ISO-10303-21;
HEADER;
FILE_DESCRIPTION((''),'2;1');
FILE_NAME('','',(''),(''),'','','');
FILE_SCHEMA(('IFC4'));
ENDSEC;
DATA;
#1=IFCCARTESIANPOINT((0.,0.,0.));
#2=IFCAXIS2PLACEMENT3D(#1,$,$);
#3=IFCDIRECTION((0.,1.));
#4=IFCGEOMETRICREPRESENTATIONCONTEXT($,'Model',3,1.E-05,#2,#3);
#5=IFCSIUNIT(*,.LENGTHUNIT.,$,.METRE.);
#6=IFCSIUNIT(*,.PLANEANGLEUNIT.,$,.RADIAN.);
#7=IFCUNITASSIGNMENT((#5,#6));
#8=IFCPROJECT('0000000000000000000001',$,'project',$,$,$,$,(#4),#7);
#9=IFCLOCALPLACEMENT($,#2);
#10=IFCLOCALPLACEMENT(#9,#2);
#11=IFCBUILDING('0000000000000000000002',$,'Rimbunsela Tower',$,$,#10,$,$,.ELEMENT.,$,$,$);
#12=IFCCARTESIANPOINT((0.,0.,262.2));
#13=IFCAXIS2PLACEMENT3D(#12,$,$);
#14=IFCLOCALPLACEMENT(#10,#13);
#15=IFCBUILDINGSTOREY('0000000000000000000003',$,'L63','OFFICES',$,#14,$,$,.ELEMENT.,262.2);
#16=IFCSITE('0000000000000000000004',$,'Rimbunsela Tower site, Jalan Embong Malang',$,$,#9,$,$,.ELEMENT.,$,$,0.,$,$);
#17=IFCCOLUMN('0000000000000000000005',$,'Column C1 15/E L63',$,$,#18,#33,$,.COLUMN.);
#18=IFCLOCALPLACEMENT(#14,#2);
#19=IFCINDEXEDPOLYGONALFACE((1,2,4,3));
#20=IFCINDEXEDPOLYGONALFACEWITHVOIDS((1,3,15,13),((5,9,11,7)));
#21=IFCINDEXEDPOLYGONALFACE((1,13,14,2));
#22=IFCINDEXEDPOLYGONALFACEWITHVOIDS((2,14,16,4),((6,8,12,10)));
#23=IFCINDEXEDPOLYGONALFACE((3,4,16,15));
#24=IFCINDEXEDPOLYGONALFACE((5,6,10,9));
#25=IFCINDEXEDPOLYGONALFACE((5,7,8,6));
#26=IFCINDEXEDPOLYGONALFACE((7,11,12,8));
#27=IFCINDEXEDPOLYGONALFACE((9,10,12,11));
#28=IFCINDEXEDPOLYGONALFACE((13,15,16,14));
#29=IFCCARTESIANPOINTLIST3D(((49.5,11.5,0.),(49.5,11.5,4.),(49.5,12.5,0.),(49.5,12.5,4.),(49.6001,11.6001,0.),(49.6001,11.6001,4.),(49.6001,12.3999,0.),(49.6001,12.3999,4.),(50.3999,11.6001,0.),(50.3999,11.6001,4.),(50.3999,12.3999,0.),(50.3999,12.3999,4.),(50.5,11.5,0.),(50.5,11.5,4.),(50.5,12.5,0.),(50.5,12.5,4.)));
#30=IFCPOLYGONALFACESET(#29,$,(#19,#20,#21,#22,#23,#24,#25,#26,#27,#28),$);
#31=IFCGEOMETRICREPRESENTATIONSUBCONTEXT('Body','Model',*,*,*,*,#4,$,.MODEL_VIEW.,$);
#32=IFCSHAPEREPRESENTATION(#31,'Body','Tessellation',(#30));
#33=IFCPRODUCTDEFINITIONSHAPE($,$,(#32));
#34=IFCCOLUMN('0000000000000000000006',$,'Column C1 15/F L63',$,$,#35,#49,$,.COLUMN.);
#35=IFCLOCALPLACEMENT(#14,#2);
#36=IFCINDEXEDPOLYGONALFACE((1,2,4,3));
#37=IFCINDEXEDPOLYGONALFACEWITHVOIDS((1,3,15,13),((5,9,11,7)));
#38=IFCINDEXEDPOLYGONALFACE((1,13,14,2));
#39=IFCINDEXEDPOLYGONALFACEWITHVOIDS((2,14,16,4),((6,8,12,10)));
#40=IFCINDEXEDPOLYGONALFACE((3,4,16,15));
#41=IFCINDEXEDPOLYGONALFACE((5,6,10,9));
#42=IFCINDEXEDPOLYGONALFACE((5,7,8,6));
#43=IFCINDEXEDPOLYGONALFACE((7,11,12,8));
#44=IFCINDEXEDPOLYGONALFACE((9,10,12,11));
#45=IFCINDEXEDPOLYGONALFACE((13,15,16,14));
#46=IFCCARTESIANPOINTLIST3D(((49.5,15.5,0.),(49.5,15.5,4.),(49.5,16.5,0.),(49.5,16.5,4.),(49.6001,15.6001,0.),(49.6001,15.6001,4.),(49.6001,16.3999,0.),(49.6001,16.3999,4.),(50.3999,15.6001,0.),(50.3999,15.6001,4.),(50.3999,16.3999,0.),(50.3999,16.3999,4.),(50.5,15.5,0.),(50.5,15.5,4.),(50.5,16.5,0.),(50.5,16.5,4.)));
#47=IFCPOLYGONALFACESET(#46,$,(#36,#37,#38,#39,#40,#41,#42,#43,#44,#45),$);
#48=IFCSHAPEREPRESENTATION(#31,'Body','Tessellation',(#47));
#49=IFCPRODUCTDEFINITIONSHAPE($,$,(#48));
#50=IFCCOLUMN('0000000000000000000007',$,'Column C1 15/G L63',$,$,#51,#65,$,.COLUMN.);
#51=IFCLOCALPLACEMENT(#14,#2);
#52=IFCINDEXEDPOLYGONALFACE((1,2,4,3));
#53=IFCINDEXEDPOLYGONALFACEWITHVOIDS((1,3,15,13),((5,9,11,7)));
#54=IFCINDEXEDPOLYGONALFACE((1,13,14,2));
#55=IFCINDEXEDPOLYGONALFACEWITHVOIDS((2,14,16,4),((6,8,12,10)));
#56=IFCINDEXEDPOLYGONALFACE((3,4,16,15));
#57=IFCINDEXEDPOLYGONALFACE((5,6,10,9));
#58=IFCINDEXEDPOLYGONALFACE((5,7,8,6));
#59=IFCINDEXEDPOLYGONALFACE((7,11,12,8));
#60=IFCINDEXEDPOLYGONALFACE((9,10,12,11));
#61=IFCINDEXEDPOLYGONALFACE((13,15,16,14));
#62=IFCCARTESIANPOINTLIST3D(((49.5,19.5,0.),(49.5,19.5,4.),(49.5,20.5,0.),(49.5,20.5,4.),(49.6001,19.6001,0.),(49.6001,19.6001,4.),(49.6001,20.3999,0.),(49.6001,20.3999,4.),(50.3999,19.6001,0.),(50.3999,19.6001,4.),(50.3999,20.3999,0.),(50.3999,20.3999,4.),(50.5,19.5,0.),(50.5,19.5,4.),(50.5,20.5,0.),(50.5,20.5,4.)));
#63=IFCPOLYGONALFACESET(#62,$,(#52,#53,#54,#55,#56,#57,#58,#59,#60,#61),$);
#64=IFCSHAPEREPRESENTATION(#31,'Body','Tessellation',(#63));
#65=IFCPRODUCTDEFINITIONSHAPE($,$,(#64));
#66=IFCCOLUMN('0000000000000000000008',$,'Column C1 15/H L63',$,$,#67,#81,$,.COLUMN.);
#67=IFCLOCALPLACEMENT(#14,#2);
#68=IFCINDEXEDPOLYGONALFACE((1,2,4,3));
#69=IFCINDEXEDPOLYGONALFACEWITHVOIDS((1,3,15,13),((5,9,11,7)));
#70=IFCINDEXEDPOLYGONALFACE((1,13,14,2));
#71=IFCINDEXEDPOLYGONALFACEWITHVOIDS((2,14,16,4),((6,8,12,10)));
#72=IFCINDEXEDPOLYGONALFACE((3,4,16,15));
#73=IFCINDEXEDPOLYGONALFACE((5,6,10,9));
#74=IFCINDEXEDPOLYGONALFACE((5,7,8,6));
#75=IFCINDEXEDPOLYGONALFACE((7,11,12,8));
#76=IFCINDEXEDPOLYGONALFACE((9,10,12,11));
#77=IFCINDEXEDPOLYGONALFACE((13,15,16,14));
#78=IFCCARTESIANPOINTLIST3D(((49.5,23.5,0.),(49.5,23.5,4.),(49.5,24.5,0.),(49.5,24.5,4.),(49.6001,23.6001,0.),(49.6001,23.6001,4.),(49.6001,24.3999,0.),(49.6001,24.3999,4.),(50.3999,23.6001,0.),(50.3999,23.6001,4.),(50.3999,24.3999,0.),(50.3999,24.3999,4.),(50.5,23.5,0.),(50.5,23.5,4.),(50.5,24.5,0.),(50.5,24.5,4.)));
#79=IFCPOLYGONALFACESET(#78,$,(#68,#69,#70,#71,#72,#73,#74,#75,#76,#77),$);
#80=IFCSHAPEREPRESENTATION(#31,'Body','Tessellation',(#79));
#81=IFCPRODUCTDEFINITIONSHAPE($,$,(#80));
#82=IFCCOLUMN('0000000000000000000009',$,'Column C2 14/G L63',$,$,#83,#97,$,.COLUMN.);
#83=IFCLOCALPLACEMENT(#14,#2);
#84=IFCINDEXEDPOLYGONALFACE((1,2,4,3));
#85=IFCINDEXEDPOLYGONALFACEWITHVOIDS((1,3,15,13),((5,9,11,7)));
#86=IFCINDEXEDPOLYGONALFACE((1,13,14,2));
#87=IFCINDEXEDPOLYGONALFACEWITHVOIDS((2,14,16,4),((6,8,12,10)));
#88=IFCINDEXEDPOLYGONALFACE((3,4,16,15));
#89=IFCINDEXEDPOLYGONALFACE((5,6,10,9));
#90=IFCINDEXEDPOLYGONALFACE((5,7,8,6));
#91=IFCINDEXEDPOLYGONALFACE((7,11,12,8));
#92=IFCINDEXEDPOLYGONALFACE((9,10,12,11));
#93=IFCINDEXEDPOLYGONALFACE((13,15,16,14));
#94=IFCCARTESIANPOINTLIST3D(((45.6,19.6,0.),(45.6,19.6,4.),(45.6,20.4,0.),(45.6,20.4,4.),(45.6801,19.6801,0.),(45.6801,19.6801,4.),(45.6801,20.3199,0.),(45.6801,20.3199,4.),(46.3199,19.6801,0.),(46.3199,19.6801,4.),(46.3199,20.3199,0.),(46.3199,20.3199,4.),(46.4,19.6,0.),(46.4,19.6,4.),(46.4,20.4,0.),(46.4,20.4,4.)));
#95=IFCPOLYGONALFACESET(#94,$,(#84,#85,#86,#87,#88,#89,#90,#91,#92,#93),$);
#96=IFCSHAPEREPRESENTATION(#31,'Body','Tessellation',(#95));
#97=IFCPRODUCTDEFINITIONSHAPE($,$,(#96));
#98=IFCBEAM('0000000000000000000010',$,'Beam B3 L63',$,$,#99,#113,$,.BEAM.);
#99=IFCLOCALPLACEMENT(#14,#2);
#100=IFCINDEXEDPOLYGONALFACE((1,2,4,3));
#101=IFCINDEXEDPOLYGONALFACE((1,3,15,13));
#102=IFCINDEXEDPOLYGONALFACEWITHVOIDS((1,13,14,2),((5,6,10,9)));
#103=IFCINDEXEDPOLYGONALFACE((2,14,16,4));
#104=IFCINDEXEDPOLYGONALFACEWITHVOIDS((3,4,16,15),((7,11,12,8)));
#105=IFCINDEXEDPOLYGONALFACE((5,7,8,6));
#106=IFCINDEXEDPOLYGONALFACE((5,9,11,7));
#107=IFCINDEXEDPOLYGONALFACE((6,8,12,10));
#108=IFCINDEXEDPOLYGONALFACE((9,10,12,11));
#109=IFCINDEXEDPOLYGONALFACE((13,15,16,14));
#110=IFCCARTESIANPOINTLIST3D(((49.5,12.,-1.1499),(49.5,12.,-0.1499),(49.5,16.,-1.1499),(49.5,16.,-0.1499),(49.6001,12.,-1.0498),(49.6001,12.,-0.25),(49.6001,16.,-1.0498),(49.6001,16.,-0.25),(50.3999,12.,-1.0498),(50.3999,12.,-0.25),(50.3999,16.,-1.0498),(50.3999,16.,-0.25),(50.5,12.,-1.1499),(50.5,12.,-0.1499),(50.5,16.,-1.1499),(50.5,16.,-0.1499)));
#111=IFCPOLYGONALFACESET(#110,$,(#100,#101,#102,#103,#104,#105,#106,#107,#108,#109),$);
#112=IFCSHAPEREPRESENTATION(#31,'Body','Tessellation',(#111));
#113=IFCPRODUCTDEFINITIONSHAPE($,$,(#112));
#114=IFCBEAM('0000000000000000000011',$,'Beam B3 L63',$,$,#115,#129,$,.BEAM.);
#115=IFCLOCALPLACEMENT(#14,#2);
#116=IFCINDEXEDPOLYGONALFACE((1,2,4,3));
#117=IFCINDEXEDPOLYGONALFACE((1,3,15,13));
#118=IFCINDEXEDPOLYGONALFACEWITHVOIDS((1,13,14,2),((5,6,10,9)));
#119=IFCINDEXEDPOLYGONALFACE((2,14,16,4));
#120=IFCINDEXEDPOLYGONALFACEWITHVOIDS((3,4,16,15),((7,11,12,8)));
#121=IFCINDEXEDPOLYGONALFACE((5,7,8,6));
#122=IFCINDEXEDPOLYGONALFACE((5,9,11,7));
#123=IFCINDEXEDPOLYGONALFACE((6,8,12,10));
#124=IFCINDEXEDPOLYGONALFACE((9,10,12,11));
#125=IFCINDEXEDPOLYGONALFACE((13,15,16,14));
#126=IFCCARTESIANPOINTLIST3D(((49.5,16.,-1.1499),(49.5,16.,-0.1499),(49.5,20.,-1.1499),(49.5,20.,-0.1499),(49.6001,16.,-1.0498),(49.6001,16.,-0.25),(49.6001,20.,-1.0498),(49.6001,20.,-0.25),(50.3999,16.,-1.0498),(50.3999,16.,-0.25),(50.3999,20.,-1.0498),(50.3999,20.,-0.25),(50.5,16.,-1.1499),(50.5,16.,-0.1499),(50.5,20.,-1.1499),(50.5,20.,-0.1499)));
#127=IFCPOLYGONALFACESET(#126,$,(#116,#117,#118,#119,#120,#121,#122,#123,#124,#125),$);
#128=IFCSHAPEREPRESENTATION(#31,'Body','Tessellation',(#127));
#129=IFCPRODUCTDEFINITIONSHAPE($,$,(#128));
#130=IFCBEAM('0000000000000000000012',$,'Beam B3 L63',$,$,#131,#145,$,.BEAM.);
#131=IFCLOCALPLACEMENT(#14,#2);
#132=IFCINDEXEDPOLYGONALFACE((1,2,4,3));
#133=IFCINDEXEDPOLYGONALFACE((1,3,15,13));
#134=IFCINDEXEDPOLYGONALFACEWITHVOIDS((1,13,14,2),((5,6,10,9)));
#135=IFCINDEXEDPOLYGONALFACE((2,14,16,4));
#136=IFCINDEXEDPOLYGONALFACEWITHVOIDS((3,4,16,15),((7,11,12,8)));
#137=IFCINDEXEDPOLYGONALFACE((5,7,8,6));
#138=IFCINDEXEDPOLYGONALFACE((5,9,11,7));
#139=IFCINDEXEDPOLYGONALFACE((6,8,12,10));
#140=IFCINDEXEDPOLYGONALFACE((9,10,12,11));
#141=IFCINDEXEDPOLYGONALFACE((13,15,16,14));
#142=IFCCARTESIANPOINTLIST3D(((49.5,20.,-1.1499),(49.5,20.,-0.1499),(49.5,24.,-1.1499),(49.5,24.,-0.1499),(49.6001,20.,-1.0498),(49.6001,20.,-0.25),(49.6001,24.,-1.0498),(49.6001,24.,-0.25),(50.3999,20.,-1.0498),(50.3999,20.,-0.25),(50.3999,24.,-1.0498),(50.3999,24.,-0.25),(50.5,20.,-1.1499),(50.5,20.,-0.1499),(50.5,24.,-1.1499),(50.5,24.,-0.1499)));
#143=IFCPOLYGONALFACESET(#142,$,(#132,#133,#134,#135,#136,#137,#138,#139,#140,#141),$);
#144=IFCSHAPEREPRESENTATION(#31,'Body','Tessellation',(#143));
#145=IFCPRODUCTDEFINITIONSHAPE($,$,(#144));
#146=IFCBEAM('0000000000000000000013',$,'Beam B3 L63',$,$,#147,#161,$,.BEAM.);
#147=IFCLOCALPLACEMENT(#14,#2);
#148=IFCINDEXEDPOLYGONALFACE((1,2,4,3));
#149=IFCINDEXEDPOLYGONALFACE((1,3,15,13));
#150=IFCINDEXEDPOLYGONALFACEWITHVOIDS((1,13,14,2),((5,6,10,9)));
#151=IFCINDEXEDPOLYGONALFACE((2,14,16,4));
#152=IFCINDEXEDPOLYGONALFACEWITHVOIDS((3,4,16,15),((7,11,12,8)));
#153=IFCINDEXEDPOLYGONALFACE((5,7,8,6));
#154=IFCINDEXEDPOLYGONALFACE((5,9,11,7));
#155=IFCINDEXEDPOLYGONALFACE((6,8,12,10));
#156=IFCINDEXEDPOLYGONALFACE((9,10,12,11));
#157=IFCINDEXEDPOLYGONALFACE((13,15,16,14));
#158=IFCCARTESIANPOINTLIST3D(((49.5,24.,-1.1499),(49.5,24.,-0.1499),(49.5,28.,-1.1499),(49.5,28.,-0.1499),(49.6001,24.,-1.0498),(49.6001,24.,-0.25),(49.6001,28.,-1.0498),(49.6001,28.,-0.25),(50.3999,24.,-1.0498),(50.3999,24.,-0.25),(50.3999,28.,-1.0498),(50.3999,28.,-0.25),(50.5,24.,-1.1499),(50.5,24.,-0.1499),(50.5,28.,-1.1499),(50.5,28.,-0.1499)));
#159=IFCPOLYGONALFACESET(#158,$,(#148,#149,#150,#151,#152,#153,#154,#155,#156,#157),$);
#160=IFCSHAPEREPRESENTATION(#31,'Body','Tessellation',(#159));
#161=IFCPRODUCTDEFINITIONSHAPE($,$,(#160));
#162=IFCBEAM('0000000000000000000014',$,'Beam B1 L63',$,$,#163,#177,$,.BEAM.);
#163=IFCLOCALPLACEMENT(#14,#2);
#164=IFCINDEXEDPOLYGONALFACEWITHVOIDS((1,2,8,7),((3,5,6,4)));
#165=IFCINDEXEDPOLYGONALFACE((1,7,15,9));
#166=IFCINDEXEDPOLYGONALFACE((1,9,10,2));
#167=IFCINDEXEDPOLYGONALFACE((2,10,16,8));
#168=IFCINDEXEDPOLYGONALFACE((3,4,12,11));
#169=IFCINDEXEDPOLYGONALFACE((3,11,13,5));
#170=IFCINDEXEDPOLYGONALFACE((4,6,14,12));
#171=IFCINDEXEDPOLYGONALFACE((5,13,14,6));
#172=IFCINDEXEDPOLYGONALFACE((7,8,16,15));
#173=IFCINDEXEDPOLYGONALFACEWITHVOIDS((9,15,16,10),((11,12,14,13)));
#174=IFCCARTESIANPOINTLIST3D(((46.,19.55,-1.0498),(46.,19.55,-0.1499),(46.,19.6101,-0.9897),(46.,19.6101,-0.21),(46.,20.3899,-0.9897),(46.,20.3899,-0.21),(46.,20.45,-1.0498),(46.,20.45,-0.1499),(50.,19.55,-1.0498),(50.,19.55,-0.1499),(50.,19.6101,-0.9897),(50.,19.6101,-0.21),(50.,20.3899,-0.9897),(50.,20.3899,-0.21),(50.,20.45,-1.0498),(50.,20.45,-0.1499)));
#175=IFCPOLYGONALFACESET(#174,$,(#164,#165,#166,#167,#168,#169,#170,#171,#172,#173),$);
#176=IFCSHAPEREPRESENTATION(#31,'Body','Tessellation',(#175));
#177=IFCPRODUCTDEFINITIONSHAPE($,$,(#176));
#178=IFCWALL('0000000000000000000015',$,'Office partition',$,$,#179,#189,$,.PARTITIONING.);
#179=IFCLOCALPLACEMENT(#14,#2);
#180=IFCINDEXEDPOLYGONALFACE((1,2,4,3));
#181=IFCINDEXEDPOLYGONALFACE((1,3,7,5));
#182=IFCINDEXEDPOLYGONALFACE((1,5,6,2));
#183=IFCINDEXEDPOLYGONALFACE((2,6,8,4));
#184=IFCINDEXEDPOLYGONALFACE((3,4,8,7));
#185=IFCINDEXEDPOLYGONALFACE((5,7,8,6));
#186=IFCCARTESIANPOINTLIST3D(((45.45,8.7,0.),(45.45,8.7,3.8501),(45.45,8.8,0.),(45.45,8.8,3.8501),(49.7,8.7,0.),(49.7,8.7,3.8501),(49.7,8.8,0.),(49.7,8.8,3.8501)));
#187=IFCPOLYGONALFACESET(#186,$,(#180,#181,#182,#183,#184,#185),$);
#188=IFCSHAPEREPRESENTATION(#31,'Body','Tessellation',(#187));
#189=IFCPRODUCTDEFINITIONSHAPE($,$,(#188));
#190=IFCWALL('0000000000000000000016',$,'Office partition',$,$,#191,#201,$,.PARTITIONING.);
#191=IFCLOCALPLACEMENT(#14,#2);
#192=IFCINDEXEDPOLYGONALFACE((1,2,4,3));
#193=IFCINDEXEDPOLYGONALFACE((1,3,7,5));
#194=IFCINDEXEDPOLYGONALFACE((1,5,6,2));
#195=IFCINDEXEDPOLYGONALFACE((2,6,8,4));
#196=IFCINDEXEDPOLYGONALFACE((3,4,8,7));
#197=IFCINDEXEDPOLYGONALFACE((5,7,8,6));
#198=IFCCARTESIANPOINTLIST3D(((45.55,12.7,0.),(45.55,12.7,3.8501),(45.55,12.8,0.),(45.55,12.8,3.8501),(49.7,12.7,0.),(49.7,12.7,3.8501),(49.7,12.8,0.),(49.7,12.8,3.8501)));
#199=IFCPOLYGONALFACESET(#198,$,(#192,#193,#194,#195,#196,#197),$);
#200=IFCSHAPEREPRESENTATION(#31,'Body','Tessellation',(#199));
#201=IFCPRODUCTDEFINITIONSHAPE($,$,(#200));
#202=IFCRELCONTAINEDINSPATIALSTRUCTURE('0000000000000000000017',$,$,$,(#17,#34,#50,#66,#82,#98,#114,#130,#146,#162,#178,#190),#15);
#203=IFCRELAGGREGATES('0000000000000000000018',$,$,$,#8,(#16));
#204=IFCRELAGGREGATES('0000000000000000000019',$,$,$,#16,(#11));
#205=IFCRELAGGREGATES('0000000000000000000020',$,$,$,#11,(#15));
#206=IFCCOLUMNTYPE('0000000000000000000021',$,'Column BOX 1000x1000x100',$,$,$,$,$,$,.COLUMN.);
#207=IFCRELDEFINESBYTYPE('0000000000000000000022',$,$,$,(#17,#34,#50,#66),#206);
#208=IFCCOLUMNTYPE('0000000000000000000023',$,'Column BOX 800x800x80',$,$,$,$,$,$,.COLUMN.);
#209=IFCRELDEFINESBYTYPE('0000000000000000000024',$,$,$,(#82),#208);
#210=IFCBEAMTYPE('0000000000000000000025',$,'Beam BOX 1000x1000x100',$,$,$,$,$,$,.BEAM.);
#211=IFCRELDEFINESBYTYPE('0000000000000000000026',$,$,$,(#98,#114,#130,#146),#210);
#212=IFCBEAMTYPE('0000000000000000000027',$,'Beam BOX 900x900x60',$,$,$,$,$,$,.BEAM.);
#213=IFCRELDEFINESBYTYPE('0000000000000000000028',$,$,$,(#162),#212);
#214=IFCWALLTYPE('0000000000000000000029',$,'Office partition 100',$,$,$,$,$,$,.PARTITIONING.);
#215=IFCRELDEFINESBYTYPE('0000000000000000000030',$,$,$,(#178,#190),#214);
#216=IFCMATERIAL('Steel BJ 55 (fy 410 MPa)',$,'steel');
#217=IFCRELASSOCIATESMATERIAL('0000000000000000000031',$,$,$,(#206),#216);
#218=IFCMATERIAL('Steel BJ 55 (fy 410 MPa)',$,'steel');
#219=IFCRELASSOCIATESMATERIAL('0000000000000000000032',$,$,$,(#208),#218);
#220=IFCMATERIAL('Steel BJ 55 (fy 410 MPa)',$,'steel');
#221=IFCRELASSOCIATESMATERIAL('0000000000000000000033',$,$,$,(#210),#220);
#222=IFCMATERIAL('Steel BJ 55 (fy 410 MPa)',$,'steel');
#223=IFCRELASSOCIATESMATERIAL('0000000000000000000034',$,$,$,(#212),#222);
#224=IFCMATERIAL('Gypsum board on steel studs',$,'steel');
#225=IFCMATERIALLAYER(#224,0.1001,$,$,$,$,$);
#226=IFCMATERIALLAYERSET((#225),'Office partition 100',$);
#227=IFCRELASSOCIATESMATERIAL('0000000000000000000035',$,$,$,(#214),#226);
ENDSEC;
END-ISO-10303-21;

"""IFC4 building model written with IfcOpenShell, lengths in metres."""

from ifc_helpers import new_model, si_unit, direction, frame, frame_2d, origin, origin_2d, place, context, subcontext, project, spatial, rectangle, hollow_rectangle, extrude, material, layer, layer_set, material_profile, profile_set, type_object, element, save


model = new_model("IFC4")

# Units and contexts
model_context = context("Model", 3, precision=1e-05, world=origin(), true_north=direction((0.0, 1.0)))
body_context = subcontext(model_context, "Body", "Model", "MODEL_VIEW")
ifc_project = project(units=[si_unit("LENGTHUNIT", "METRE"), si_unit("PLANEANGLEUNIT", "RADIAN")], contexts=[model_context])

# Site, building, storey
site_placement = place(None, origin())
site = spatial("IfcSite", under=ifc_project, at=site_placement, Name="Rimbunsela Tower site, Jalan Embong Malang", CompositionType="ELEMENT", RefElevation=0.0)
building_placement = place(site_placement, origin())
building = spatial("IfcBuilding", under=site, at=building_placement, Name="Rimbunsela Tower", CompositionType="ELEMENT")
storey_placement = place(building_placement, frame((0.0, 0.0, 262.2)))
storey = spatial("IfcBuildingStorey", under=building, at=storey_placement, Name="L63", Description="OFFICES", CompositionType="ELEMENT", Elevation=262.2)

# Columns
ifc_material_1 = material(Name="Steel BJ 55 (fy 410 MPa)", Category="steel")
ifc_material_profile_1 = material_profile(ifc_material_1, hollow_rectangle(XDim=1.0, YDim=1.0, WallThickness=0.1001, at=origin_2d()), Name="BOX 1000x1000x100")
ifc_profile_set_1 = profile_set([ifc_material_profile_1], Name="Steel BJ 55 (fy 410 MPa)")
column_type_1 = type_object("IfcColumnType", Name="Column BOX 1000x1000x100", PredefinedType="COLUMN", material=ifc_profile_set_1)
for number, where, z_axis, x_axis, name in (
    (1, (50.0, 12.0, 0.0), (0.0, 0.0, 1.0), (1.0, 0.0, 0.0), "Column C1 15/E L63"),
    (2, (50.0, 16.0, 0.0), (0.0, 0.0, 1.0), (1.0, 0.0, 0.0), "Column C1 15/F L63"),
    (3, (50.0, 20.0, 0.0), (0.0, 0.0, 1.0), (1.0, 0.0, 0.0), "Column C1 15/G L63"),
    (4, (50.0, 24.0, 0.0), (0.0, 0.0, 1.0), (1.0, 0.0, 0.0), "Column C1 15/H L63"),
):
    element("IfcColumn", number, at=place(storey_placement, frame(where, z_axis=z_axis, x_axis=x_axis)), inside=storey, type_object=column_type_1, Name=name, PredefinedType="COLUMN", context=body_context, shape_type="SweptSolid", body=[
        extrude(hollow_rectangle(XDim=1.0, YDim=1.0, WallThickness=0.1001, at=origin_2d()), origin(), (0.0, 0.0, 1.0), 4.0),
    ])
ifc_material_2 = material(Name="Steel BJ 55 (fy 410 MPa)", Category="steel")
ifc_material_profile_2 = material_profile(ifc_material_2, hollow_rectangle(XDim=0.8, YDim=0.8, WallThickness=0.0801, at=origin_2d()), Name="BOX 800x800x80")
ifc_profile_set_2 = profile_set([ifc_material_profile_2], Name="Steel BJ 55 (fy 410 MPa)")
column_type_2 = type_object("IfcColumnType", Name="Column BOX 800x800x80", PredefinedType="COLUMN", material=ifc_profile_set_2)
column_placement = place(storey_placement, frame((46.0, 20.0, 0.0), z_axis=(0.0, 0.0, 1.0), x_axis=(1.0, 0.0, 0.0)))
element("IfcColumn", 5, at=column_placement, inside=storey, type_object=column_type_2, Name="Column C2 14/G L63", PredefinedType="COLUMN", context=body_context, shape_type="SweptSolid", body=[
    extrude(hollow_rectangle(XDim=0.8, YDim=0.8, WallThickness=0.0801, at=origin_2d()), origin(), (0.0, 0.0, 1.0), 4.0),
])

# Beams
ifc_material_3 = material(Name="Steel BJ 55 (fy 410 MPa)", Category="steel")
ifc_material_profile_3 = material_profile(ifc_material_3, hollow_rectangle(XDim=1.0, YDim=1.0, WallThickness=0.1001, at=origin_2d()), Name="BOX 1000x1000x100")
ifc_profile_set_3 = profile_set([ifc_material_profile_3], Name="Steel BJ 55 (fy 410 MPa)")
beam_type_1 = type_object("IfcBeamType", Name="Beam BOX 1000x1000x100", PredefinedType="BEAM", material=ifc_profile_set_3)
for number, where, z_axis, x_axis, name in (
    (6, (50.0, 12.0, -0.6499), (0.0, 1.0, 0.0), (-1.0, 0.0, 0.0), "Beam B3 L63"),
    (7, (50.0, 16.0, -0.6499), (0.0, 1.0, 0.0), (-1.0, 0.0, 0.0), "Beam B3 L63"),
    (8, (50.0, 20.0, -0.6499), (0.0, 1.0, 0.0), (-1.0, 0.0, 0.0), "Beam B3 L63"),
    (9, (50.0, 24.0, -0.6499), (0.0, 1.0, 0.0), (-1.0, 0.0, 0.0), "Beam B3 L63"),
):
    element("IfcBeam", number, at=place(storey_placement, frame(where, z_axis=z_axis, x_axis=x_axis)), inside=storey, type_object=beam_type_1, Name=name, PredefinedType="BEAM", context=body_context, shape_type="SweptSolid", body=[
        extrude(hollow_rectangle(XDim=1.0, YDim=1.0, WallThickness=0.1001, at=origin_2d()), origin(), (0.0, 0.0, 1.0), 4.0),
    ])
ifc_material_4 = material(Name="Steel BJ 55 (fy 410 MPa)", Category="steel")
ifc_material_profile_4 = material_profile(ifc_material_4, hollow_rectangle(XDim=0.8999, YDim=0.8999, WallThickness=0.0601, at=origin_2d()), Name="BOX 900x900x60")
ifc_profile_set_4 = profile_set([ifc_material_profile_4], Name="Steel BJ 55 (fy 410 MPa)")
beam_type_2 = type_object("IfcBeamType", Name="Beam BOX 900x900x60", PredefinedType="BEAM", material=ifc_profile_set_4)
beam_placement = place(storey_placement, frame((46.0, 20.0, -0.5999), z_axis=(1.0, 0.0, 0.0), x_axis=(0.0, 1.0, 0.0)))
element("IfcBeam", 10, at=beam_placement, inside=storey, type_object=beam_type_2, Name="Beam B1 L63", PredefinedType="BEAM", context=body_context, shape_type="SweptSolid", body=[
    extrude(hollow_rectangle(XDim=0.8999, YDim=0.8999, WallThickness=0.0601, at=origin_2d()), origin(), (0.0, 0.0, 1.0), 4.0),
])

# Walls
ifc_material_5 = material(Name="Gypsum board on steel studs", Category="steel")
ifc_layer_1 = layer(ifc_material_5, 0.1001)
ifc_layer_set_1 = layer_set([ifc_layer_1], Name="Office partition 100")
wall_type_1 = type_object("IfcWallType", Name="Office partition 100", PredefinedType="PARTITIONING", material=ifc_layer_set_1)
wall_1_placement = place(storey_placement, frame((45.45, 8.75, 0.0), z_axis=(0.0, 0.0, 1.0), x_axis=(1.0, 0.0, 0.0)))
element("IfcWall", 11, at=wall_1_placement, inside=storey, type_object=wall_type_1, Name="Office partition", PredefinedType="PARTITIONING", context=body_context, shape_type="SweptSolid", body=[
    extrude(rectangle(XDim=4.25, YDim=0.1001, at=frame_2d((2.125, 0.0))), origin(), (0.0, 0.0, 1.0), 3.8501),
])
wall_2_placement = place(storey_placement, frame((45.55, 12.75, 0.0), z_axis=(0.0, 0.0, 1.0), x_axis=(1.0, 0.0, 0.0)))
element("IfcWall", 12, at=wall_2_placement, inside=storey, type_object=wall_type_1, Name="Office partition", PredefinedType="PARTITIONING", context=body_context, shape_type="SweptSolid", body=[
    extrude(rectangle(XDim=4.1499, YDim=0.1001, at=frame_2d((2.075, 0.0))), origin(), (0.0, 0.0, 1.0), 3.8501),
])

save(model, "model.ifc")
